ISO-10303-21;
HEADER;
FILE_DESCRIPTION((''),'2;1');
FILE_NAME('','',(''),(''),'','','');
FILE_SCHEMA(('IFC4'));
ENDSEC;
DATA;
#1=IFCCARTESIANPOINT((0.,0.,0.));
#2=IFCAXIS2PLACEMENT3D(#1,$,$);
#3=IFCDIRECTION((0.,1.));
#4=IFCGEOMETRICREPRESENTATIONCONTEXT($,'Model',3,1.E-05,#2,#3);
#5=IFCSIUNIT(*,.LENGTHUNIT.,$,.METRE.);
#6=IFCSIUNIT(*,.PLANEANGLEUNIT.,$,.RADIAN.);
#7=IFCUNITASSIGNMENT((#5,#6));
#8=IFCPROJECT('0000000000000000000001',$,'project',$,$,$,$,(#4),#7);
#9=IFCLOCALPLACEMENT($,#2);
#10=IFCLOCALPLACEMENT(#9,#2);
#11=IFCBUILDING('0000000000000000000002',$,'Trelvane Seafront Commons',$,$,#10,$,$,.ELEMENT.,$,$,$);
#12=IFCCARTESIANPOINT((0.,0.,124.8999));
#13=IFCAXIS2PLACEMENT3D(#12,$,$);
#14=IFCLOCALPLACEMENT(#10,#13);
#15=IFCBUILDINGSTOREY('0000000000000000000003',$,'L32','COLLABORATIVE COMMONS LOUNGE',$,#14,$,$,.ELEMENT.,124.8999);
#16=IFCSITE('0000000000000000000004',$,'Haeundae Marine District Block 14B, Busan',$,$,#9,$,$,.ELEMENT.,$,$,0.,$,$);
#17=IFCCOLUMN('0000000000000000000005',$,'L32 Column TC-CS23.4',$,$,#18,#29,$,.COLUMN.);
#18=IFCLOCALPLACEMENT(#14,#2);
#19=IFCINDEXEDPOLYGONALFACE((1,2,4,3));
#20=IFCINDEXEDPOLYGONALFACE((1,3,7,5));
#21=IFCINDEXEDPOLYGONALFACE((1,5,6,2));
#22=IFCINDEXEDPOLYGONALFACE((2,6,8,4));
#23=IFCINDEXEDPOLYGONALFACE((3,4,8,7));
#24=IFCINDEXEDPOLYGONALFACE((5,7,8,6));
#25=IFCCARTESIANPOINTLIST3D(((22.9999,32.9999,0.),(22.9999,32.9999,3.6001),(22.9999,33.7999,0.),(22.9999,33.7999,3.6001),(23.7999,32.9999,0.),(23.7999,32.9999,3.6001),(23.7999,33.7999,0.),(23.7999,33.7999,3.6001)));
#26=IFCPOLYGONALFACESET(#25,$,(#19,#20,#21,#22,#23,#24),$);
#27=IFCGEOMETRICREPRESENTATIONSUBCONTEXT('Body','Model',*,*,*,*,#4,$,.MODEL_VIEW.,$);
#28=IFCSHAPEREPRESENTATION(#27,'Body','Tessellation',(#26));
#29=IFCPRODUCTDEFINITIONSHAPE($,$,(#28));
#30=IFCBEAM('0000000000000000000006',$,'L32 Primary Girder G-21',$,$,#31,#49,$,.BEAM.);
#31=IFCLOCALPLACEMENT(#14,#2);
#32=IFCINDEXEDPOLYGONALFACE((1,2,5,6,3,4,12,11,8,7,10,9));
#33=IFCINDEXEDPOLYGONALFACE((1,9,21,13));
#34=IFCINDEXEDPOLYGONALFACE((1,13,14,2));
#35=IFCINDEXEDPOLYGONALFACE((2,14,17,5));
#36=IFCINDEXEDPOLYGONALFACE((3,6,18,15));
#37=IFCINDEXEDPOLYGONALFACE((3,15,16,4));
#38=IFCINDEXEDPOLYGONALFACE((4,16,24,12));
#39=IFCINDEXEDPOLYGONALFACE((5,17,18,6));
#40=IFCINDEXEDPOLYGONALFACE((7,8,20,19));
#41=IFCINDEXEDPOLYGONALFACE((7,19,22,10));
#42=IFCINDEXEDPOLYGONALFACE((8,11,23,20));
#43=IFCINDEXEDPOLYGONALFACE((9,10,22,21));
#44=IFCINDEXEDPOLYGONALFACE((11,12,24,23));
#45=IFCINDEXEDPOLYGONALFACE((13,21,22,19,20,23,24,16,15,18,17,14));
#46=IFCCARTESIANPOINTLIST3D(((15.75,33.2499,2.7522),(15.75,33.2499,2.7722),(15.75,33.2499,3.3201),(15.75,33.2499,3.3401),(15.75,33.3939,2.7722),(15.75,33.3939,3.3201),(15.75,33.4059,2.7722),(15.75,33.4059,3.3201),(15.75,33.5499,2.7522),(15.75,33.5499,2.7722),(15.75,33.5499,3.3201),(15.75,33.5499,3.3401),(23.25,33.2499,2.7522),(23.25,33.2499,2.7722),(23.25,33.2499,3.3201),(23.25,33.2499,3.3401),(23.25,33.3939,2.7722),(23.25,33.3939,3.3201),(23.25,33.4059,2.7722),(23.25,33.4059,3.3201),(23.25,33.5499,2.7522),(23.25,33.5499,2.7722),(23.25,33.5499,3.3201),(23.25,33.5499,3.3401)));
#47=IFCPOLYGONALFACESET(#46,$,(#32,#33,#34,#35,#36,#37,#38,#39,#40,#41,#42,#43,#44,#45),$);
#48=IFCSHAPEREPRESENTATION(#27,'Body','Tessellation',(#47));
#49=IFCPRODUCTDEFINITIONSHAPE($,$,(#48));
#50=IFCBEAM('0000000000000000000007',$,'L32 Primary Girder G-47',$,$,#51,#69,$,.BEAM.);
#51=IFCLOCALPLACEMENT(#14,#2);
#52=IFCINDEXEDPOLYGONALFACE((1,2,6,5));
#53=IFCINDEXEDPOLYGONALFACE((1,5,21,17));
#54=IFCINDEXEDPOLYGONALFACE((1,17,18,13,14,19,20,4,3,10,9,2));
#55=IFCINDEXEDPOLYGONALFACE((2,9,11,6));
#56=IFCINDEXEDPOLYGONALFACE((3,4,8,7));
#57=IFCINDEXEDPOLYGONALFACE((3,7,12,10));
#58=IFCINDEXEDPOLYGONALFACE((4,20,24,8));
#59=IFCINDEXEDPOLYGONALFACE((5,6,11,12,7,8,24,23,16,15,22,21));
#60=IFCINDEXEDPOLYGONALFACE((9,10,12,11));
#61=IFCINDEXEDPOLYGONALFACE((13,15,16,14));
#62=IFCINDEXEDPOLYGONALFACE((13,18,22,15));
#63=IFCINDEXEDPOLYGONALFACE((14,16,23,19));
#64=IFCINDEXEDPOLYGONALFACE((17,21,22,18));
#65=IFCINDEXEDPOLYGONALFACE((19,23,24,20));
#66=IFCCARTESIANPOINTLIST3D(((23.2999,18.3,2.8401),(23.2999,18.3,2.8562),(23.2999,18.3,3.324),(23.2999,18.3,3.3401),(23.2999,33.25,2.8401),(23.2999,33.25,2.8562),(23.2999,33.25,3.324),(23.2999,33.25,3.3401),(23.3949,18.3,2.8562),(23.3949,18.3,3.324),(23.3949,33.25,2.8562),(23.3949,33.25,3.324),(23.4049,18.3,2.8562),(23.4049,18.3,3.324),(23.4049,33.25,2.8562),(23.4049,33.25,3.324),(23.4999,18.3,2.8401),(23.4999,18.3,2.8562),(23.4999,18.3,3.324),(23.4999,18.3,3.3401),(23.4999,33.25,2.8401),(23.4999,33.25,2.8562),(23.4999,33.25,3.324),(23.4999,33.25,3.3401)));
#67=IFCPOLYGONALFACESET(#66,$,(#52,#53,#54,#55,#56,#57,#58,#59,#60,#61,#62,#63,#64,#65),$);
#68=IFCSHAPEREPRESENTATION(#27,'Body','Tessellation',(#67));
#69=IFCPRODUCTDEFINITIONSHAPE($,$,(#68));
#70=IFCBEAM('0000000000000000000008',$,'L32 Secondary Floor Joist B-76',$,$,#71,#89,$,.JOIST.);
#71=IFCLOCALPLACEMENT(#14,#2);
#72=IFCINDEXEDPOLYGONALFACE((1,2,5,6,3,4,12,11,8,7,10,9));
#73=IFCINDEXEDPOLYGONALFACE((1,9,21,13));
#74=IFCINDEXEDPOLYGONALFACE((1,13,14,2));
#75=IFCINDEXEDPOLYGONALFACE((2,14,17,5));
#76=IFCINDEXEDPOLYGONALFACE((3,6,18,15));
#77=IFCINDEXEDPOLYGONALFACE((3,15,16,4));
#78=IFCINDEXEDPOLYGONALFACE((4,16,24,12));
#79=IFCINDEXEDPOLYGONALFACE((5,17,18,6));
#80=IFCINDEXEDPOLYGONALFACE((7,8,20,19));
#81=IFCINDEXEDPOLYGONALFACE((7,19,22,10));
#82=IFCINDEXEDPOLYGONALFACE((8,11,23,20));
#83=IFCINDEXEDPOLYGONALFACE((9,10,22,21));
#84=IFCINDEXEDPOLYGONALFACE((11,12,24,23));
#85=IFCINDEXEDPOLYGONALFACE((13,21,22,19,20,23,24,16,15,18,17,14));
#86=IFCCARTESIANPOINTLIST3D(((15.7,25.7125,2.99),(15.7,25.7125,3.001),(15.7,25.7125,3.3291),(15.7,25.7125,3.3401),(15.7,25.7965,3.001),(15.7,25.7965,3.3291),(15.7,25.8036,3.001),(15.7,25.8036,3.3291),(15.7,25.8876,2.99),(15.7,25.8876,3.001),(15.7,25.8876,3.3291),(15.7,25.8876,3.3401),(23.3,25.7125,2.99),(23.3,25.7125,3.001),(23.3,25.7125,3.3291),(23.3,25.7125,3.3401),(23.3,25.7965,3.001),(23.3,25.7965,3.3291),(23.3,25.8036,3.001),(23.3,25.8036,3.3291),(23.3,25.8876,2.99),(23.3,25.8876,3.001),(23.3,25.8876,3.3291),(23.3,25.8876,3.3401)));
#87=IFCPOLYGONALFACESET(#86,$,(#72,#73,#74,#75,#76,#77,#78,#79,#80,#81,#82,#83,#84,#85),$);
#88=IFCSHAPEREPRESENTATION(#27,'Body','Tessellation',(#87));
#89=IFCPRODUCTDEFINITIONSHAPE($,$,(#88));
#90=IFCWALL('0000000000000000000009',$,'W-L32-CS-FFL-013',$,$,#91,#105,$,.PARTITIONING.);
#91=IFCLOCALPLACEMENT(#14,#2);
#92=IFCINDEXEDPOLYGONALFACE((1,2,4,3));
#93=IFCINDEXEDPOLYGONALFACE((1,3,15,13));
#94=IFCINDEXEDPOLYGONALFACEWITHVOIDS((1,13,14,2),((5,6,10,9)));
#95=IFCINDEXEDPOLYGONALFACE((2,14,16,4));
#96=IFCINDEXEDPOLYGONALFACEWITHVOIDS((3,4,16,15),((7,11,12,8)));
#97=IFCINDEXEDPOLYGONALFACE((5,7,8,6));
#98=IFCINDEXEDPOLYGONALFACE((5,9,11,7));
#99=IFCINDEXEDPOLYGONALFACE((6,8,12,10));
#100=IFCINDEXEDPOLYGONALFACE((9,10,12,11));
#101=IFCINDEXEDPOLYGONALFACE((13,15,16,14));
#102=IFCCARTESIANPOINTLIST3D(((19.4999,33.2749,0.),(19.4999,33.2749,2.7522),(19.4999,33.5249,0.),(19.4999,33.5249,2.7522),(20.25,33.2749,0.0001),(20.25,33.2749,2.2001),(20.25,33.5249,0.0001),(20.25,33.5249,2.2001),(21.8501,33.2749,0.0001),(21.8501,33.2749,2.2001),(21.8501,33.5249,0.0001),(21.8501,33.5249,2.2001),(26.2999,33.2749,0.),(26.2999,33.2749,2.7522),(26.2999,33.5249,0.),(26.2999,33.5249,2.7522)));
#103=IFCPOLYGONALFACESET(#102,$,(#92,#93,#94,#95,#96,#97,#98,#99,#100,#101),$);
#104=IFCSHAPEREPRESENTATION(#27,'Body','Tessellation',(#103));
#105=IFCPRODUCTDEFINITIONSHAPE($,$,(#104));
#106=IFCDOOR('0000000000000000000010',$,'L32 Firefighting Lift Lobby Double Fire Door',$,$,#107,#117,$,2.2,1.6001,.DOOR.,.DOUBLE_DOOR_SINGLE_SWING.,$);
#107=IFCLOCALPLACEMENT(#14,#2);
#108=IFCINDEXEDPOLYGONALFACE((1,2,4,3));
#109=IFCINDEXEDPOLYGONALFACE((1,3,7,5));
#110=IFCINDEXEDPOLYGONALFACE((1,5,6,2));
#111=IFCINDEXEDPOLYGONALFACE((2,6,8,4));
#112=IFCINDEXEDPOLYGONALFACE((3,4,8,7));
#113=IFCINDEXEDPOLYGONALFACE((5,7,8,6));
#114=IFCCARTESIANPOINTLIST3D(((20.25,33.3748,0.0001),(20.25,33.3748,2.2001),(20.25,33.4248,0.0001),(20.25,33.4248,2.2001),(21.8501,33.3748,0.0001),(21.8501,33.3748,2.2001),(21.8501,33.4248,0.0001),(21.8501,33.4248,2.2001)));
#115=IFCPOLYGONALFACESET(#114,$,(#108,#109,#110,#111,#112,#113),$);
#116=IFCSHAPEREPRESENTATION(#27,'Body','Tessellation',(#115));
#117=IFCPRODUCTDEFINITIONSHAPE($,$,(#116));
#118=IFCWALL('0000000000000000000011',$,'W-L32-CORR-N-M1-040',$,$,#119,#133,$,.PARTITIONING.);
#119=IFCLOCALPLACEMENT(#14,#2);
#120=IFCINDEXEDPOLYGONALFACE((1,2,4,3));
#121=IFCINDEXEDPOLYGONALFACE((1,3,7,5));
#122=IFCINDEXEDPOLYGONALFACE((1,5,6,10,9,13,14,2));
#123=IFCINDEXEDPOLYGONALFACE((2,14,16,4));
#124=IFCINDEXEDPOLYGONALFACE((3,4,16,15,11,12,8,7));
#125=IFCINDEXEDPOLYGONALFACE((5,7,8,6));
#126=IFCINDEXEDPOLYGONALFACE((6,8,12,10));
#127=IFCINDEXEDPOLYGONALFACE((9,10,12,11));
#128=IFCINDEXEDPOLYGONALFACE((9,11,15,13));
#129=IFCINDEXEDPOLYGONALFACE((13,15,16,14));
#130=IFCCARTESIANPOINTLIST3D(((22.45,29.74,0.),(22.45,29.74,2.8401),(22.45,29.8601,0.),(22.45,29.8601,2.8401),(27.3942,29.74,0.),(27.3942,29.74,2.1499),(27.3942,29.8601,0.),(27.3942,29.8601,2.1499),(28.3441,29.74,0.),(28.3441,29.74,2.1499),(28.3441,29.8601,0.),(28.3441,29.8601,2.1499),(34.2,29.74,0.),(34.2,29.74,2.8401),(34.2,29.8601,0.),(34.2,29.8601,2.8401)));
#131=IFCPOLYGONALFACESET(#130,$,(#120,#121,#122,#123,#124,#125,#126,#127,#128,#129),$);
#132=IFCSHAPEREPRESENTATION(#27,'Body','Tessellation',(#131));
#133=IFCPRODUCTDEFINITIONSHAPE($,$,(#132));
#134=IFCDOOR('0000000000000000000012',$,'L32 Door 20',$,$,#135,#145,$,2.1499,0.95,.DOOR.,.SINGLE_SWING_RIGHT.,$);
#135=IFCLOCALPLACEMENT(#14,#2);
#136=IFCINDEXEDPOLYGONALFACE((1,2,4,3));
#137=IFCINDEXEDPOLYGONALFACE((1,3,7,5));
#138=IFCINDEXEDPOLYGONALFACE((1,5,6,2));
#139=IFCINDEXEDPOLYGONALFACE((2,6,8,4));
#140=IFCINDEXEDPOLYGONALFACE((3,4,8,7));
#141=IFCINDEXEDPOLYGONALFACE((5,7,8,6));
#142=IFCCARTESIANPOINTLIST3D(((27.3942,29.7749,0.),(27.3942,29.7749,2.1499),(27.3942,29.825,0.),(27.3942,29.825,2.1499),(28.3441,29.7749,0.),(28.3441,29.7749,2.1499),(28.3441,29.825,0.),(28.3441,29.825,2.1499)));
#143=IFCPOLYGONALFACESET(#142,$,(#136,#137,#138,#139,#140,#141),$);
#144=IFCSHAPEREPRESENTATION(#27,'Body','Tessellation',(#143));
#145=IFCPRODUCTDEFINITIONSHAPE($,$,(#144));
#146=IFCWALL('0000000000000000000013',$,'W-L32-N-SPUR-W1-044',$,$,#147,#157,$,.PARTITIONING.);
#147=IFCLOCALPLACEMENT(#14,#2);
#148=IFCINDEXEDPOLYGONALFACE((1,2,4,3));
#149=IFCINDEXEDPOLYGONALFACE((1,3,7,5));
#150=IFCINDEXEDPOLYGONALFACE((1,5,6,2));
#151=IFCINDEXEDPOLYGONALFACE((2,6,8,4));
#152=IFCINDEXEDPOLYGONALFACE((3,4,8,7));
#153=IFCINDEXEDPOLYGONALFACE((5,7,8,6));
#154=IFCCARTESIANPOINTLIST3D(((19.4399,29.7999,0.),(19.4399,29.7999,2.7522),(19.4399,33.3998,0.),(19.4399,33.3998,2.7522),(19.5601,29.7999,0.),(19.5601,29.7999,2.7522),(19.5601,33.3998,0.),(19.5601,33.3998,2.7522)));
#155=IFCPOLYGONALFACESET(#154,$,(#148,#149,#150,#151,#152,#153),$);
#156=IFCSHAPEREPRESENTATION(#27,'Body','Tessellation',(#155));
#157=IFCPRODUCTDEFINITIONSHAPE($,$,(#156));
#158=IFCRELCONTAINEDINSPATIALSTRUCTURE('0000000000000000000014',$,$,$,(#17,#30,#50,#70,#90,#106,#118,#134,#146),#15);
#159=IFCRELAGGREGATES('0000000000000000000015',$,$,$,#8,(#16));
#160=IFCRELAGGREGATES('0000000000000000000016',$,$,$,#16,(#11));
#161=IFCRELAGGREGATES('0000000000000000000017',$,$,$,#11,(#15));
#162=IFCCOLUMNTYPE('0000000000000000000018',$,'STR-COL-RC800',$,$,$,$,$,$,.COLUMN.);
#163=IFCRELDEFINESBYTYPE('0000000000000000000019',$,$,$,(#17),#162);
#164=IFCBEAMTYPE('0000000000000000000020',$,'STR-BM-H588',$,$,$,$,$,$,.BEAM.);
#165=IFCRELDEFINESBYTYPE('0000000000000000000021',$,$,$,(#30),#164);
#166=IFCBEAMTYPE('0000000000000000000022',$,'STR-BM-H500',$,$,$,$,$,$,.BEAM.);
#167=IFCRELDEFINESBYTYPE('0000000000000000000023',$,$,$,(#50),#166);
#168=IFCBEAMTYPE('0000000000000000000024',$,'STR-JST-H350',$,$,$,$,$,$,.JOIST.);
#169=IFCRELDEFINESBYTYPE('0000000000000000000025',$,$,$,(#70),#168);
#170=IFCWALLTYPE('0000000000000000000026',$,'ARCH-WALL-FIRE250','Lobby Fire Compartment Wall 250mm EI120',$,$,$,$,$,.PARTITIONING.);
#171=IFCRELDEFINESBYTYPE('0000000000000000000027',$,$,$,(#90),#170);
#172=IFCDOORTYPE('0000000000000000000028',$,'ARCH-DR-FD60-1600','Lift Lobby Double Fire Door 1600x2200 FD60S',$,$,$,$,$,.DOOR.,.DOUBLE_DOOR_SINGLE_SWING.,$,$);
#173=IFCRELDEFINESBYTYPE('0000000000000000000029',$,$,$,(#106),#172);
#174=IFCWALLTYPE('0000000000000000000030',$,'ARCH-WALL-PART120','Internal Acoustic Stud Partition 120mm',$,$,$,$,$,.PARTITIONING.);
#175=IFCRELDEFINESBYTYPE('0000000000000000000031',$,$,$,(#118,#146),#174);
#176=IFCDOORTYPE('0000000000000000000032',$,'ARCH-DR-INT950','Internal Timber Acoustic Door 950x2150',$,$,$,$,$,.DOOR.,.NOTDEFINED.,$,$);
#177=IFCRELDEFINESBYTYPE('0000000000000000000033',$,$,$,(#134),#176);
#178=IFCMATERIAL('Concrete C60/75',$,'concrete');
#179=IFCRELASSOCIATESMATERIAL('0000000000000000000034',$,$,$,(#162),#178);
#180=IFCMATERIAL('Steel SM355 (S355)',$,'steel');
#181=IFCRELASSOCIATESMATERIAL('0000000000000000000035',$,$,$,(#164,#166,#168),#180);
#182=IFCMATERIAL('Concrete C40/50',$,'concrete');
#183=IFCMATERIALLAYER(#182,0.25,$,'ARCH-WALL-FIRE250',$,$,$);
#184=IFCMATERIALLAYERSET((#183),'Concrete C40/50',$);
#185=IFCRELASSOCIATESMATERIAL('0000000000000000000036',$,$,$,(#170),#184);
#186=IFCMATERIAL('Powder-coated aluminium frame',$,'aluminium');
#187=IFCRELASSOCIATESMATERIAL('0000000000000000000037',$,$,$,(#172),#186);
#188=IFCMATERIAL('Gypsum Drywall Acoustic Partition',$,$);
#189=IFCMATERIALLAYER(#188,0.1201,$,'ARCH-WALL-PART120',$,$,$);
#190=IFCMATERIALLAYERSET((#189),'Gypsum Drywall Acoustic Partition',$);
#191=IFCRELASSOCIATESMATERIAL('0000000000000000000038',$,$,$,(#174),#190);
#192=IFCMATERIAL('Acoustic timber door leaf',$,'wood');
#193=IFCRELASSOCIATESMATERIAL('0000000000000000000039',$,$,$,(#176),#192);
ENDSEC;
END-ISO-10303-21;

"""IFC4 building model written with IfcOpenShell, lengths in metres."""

from ifc_helpers import new_model, si_unit, direction, frame, frame_2d, origin, origin_2d, place, context, subcontext, project, spatial, rectangle, i_section, extrude, source, transform, mapped, material, layer, layer_set, material_profile, profile_set, type_object, element, fill, save


model = new_model("IFC4")

# Units and contexts
model_context = context("Model", 3, precision=1e-05, world=origin(), true_north=direction((0.0, 1.0)))
body_context = subcontext(model_context, "Body", "Model", "MODEL_VIEW")
ifc_project = project(units=[si_unit("LENGTHUNIT", "METRE"), si_unit("PLANEANGLEUNIT", "RADIAN")], contexts=[model_context])

# Site, building, storey
site_placement = place(None, origin())
site = spatial("IfcSite", under=ifc_project, at=site_placement, Name="Haeundae Marine District Block 14B, Busan", CompositionType="ELEMENT", RefElevation=0.0)
building_placement = place(site_placement, origin())
building = spatial("IfcBuilding", under=site, at=building_placement, Name="Trelvane Seafront Commons", CompositionType="ELEMENT")
storey_placement = place(building_placement, frame((0.0, 0.0, 124.8999)))
storey = spatial("IfcBuildingStorey", under=building, at=storey_placement, Name="L32", Description="COLLABORATIVE COMMONS LOUNGE", CompositionType="ELEMENT", Elevation=124.8999)

# Column
ifc_material_1 = material(Name="Concrete C60/75", Category="concrete")
ifc_material_profile_1 = material_profile(ifc_material_1, rectangle(XDim=0.8, YDim=0.8, at=origin_2d()), Name="RC-800x800")
ifc_profile_set_1 = profile_set([ifc_material_profile_1], Name="Concrete C60/75")
column_type = type_object("IfcColumnType", Name="STR-COL-RC800", PredefinedType="COLUMN", material=ifc_profile_set_1)
shared_shape_1 = source(origin(), body_context, "Body", "SweptSolid", [
    extrude(rectangle(XDim=0.8, YDim=0.8, at=origin_2d()), origin(), (0.0, 0.0, 1.0), 3.6001),
])
column_placement = place(storey_placement, frame((23.3999, 33.3999, 0.0), z_axis=(0.0, 0.0, 1.0), x_axis=(1.0, 0.0, 0.0)))
element("IfcColumn", 1, at=column_placement, inside=storey, type_object=column_type, Name="L32 Column TC-CS23.4", PredefinedType="COLUMN", context=body_context, shape_type="MappedRepresentation", body=[
    mapped(shared_shape_1, transform((0.0, 0.0, 0.0), x_axis=(1.0, 0.0, 0.0), y_axis=(0.0, 1.0, 0.0), z_axis=(0.0, 0.0, 1.0), scale=1.0)),
])

# Beams
ifc_material_2 = material(Name="Steel SM355 (S355)", Category="steel")
ifc_material_profile_2 = material_profile(ifc_material_2, i_section(OverallWidth=0.3, OverallDepth=0.5879, WebThickness=0.012, FlangeThickness=0.02, at=origin_2d()), Name="H-588x300x12x20")
ifc_profile_set_2 = profile_set([ifc_material_profile_2], Name="Steel SM355 (S355)")
beam_type_1 = type_object("IfcBeamType", Name="STR-BM-H588", PredefinedType="BEAM", material=ifc_profile_set_2)
shared_shape_2 = source(origin(), body_context, "Body", "SweptSolid", [
    extrude(i_section(OverallWidth=0.3, OverallDepth=0.5879, WebThickness=0.012, FlangeThickness=0.02, at=origin_2d()), origin(), (0.0, 0.0, 1.0), 7.5),
])
beam_1_placement = place(storey_placement, frame((15.75, 33.3999, 3.0461), z_axis=(1.0, 0.0, 0.0), x_axis=(0.0, 1.0, 0.0)))
element("IfcBeam", 2, at=beam_1_placement, inside=storey, type_object=beam_type_1, Name="L32 Primary Girder G-21", PredefinedType="BEAM", context=body_context, shape_type="MappedRepresentation", body=[
    mapped(shared_shape_2, transform((0.0, 0.0, 0.0), x_axis=(1.0, 0.0, 0.0), y_axis=(0.0, 1.0, 0.0), z_axis=(0.0, 0.0, 1.0), scale=1.0)),
])
ifc_material_profile_3 = material_profile(ifc_material_2, i_section(OverallWidth=0.2, OverallDepth=0.5, WebThickness=0.01, FlangeThickness=0.0161, at=origin_2d()), Name="H-500x200x10x16")
ifc_profile_set_3 = profile_set([ifc_material_profile_3], Name="Steel SM355 (S355)")
beam_type_2 = type_object("IfcBeamType", Name="STR-BM-H500", PredefinedType="BEAM", material=ifc_profile_set_3)
shared_shape_3 = source(origin(), body_context, "Body", "SweptSolid", [
    extrude(i_section(OverallWidth=0.2, OverallDepth=0.5, WebThickness=0.01, FlangeThickness=0.0161, at=origin_2d()), origin(), (0.0, 0.0, 1.0), 14.95),
])
beam_2_placement = place(storey_placement, frame((23.3999, 18.3, 3.0901), z_axis=(0.0, 1.0, 0.0), x_axis=(-1.0, 0.0, 0.0)))
element("IfcBeam", 3, at=beam_2_placement, inside=storey, type_object=beam_type_2, Name="L32 Primary Girder G-47", PredefinedType="BEAM", context=body_context, shape_type="MappedRepresentation", body=[
    mapped(shared_shape_3, transform((0.0, 0.0, 0.0), x_axis=(1.0, 0.0, 0.0), y_axis=(0.0, 1.0, 0.0), z_axis=(0.0, 0.0, 1.0), scale=1.0)),
])
ifc_material_profile_4 = material_profile(ifc_material_2, i_section(OverallWidth=0.175, OverallDepth=0.3501, WebThickness=0.0071, FlangeThickness=0.011, at=origin_2d()), Name="H-350x175x7x11")
ifc_profile_set_4 = profile_set([ifc_material_profile_4], Name="Steel SM355 (S355)")
beam_type_3 = type_object("IfcBeamType", Name="STR-JST-H350", PredefinedType="JOIST", material=ifc_profile_set_4)
shared_shape_4 = source(origin(), body_context, "Body", "SweptSolid", [
    extrude(i_section(OverallWidth=0.175, OverallDepth=0.3501, WebThickness=0.0071, FlangeThickness=0.011, at=origin_2d()), origin(), (0.0, 0.0, 1.0), 7.6001),
])
beam_3_placement = place(storey_placement, frame((15.7, 25.8, 3.165), z_axis=(1.0, 0.0, 0.0), x_axis=(0.0, 1.0, 0.0)))
element("IfcBeam", 4, at=beam_3_placement, inside=storey, type_object=beam_type_3, Name="L32 Secondary Floor Joist B-76", PredefinedType="JOIST", context=body_context, shape_type="MappedRepresentation", body=[
    mapped(shared_shape_4, transform((0.0, 0.0, 0.0), x_axis=(1.0, 0.0, 0.0), y_axis=(0.0, 1.0, 0.0), z_axis=(0.0, 0.0, 1.0), scale=1.0)),
])

# Walls, openings, doors
ifc_material_3 = material(Name="Concrete C40/50", Category="concrete")
ifc_layer_1 = layer(ifc_material_3, 0.25, Name="ARCH-WALL-FIRE250")
ifc_layer_set_1 = layer_set([ifc_layer_1], Name="Concrete C40/50")
wall_type_1 = type_object("IfcWallType", Name="ARCH-WALL-FIRE250", Description="Lobby Fire Compartment Wall 250mm EI120", PredefinedType="PARTITIONING", material=ifc_layer_set_1)
wall_1_placement = place(storey_placement, frame((19.5, 33.3999, 0.0), z_axis=(0.0, 0.0, 1.0), x_axis=(1.0, 0.0, 0.0)))
wall_1 = element("IfcWall", 5, at=wall_1_placement, inside=storey, type_object=wall_type_1, Name="W-L32-CS-FFL-013", PredefinedType="PARTITIONING", context=body_context, shape_type="SweptSolid", body=[
    extrude(rectangle(XDim=6.8, YDim=0.25, at=frame_2d((3.3999, 0.0))), origin(), (0.0, 0.0, 1.0), 2.7522),
])
opening_1_placement = place(wall_1_placement, frame((0.75, 0.0, 0.0)))
opening_1 = element("IfcOpeningElement", 6, at=opening_1_placement, cuts=wall_1, PredefinedType="OPENING", context=body_context, shape_type="SweptSolid", body=[
    extrude(rectangle(XDim=1.6001, YDim=2.2, at=frame_2d((0.8, 1.1001))), frame((0.0, 0.135, 0.0), z_axis=(0.0, -1.0, 0.0), x_axis=(1.0, 0.0, 0.0)), (0.0, 0.0, 1.0), 0.27),
])
ifc_material_4 = material(Name="Powder-coated aluminium frame", Category="aluminium")
door_type_1 = type_object("IfcDoorType", Name="ARCH-DR-FD60-1600", Description="Lift Lobby Double Fire Door 1600x2200 FD60S", OperationType="DOUBLE_DOOR_SINGLE_SWING", PredefinedType="DOOR", material=ifc_material_4)
shared_shape_5 = source(origin(), body_context, "Body", "SweptSolid", [
    extrude(rectangle(XDim=1.6001, YDim=2.2, at=frame_2d((0.8, 1.1001))), frame((0.0, 0.0249, 0.0), z_axis=(0.0, -1.0, 0.0), x_axis=(1.0, 0.0, 0.0)), (0.0, 0.0, 1.0), 0.05),
])
door_1_placement = place(opening_1_placement, origin())
door_1 = element("IfcDoor", 7, at=door_1_placement, inside=storey, type_object=door_type_1, Name="L32 Firefighting Lift Lobby Double Fire Door", OperationType="DOUBLE_DOOR_SINGLE_SWING", OverallHeight=2.2, OverallWidth=1.6001, PredefinedType="DOOR", context=body_context, shape_type="MappedRepresentation", body=[
    mapped(shared_shape_5, transform((0.0, 0.0, 0.0), x_axis=(1.0, 0.0, 0.0), y_axis=(0.0, 1.0, 0.0), z_axis=(0.0, 0.0, 1.0), scale=1.0)),
])
fill(opening_1, door_1)
ifc_material_5 = material(Name="Gypsum Drywall Acoustic Partition")
ifc_layer_2 = layer(ifc_material_5, 0.1201, Name="ARCH-WALL-PART120")
ifc_layer_set_2 = layer_set([ifc_layer_2], Name="Gypsum Drywall Acoustic Partition")
wall_type_2 = type_object("IfcWallType", Name="ARCH-WALL-PART120", Description="Internal Acoustic Stud Partition 120mm", PredefinedType="PARTITIONING", material=ifc_layer_set_2)
wall_2_placement = place(storey_placement, frame((22.45, 29.8, 0.0), z_axis=(0.0, 0.0, 1.0), x_axis=(1.0, 0.0, 0.0)))
wall_2 = element("IfcWall", 8, at=wall_2_placement, inside=storey, type_object=wall_type_2, Name="W-L32-CORR-N-M1-040", PredefinedType="PARTITIONING", context=body_context, shape_type="SweptSolid", body=[
    extrude(rectangle(XDim=11.75, YDim=0.1201, at=frame_2d((5.875, 0.0))), origin(), (0.0, 0.0, 1.0), 2.8401),
])
opening_2_placement = place(wall_2_placement, frame((4.9441, 0.0, 0.0)))
opening_2 = element("IfcOpeningElement", 9, at=opening_2_placement, cuts=wall_2, PredefinedType="OPENING", context=body_context, shape_type="SweptSolid", body=[
    extrude(rectangle(XDim=0.95, YDim=2.1499, at=frame_2d((0.4751, 1.075))), frame((0.0, 0.0701, 0.0), z_axis=(0.0, -1.0, 0.0), x_axis=(1.0, 0.0, 0.0)), (0.0, 0.0, 1.0), 0.1401),
])
ifc_material_6 = material(Name="Acoustic timber door leaf", Category="wood")
door_type_2 = type_object("IfcDoorType", Name="ARCH-DR-INT950", Description="Internal Timber Acoustic Door 950x2150", OperationType="NOTDEFINED", PredefinedType="DOOR", material=ifc_material_6)
shared_shape_6 = source(origin(), body_context, "Body", "SweptSolid", [
    extrude(rectangle(XDim=0.95, YDim=2.1499, at=frame_2d((0.4751, 1.075))), frame((0.0, 0.0249, 0.0), z_axis=(0.0, -1.0, 0.0), x_axis=(1.0, 0.0, 0.0)), (0.0, 0.0, 1.0), 0.05),
])
door_2_placement = place(opening_2_placement, origin())
door_2 = element("IfcDoor", 10, at=door_2_placement, inside=storey, type_object=door_type_2, Name="L32 Door 20", OperationType="SINGLE_SWING_RIGHT", OverallHeight=2.1499, OverallWidth=0.95, PredefinedType="DOOR", context=body_context, shape_type="MappedRepresentation", body=[
    mapped(shared_shape_6, transform((0.0, 0.0, 0.0), x_axis=(1.0, 0.0, 0.0), y_axis=(0.0, 1.0, 0.0), z_axis=(0.0, 0.0, 1.0), scale=1.0)),
])
fill(opening_2, door_2)

# Wall
for number, where, z_axis, x_axis, name in (
    (11, (19.5, 29.8, 0.0), (0.0, 0.0, 1.0), (0.0, 1.0, 0.0), "W-L32-N-SPUR-W1-044"),
):
    element("IfcWall", number, at=place(storey_placement, frame(where, z_axis=z_axis, x_axis=x_axis)), inside=storey, type_object=wall_type_2, Name=name, PredefinedType="PARTITIONING", context=body_context, shape_type="SweptSolid", body=[
        extrude(rectangle(XDim=3.5999, YDim=0.1201, at=frame_2d((1.7998, 0.0))), origin(), (0.0, 0.0, 1.0), 2.7522),
    ])

save(model, "model.ifc")
